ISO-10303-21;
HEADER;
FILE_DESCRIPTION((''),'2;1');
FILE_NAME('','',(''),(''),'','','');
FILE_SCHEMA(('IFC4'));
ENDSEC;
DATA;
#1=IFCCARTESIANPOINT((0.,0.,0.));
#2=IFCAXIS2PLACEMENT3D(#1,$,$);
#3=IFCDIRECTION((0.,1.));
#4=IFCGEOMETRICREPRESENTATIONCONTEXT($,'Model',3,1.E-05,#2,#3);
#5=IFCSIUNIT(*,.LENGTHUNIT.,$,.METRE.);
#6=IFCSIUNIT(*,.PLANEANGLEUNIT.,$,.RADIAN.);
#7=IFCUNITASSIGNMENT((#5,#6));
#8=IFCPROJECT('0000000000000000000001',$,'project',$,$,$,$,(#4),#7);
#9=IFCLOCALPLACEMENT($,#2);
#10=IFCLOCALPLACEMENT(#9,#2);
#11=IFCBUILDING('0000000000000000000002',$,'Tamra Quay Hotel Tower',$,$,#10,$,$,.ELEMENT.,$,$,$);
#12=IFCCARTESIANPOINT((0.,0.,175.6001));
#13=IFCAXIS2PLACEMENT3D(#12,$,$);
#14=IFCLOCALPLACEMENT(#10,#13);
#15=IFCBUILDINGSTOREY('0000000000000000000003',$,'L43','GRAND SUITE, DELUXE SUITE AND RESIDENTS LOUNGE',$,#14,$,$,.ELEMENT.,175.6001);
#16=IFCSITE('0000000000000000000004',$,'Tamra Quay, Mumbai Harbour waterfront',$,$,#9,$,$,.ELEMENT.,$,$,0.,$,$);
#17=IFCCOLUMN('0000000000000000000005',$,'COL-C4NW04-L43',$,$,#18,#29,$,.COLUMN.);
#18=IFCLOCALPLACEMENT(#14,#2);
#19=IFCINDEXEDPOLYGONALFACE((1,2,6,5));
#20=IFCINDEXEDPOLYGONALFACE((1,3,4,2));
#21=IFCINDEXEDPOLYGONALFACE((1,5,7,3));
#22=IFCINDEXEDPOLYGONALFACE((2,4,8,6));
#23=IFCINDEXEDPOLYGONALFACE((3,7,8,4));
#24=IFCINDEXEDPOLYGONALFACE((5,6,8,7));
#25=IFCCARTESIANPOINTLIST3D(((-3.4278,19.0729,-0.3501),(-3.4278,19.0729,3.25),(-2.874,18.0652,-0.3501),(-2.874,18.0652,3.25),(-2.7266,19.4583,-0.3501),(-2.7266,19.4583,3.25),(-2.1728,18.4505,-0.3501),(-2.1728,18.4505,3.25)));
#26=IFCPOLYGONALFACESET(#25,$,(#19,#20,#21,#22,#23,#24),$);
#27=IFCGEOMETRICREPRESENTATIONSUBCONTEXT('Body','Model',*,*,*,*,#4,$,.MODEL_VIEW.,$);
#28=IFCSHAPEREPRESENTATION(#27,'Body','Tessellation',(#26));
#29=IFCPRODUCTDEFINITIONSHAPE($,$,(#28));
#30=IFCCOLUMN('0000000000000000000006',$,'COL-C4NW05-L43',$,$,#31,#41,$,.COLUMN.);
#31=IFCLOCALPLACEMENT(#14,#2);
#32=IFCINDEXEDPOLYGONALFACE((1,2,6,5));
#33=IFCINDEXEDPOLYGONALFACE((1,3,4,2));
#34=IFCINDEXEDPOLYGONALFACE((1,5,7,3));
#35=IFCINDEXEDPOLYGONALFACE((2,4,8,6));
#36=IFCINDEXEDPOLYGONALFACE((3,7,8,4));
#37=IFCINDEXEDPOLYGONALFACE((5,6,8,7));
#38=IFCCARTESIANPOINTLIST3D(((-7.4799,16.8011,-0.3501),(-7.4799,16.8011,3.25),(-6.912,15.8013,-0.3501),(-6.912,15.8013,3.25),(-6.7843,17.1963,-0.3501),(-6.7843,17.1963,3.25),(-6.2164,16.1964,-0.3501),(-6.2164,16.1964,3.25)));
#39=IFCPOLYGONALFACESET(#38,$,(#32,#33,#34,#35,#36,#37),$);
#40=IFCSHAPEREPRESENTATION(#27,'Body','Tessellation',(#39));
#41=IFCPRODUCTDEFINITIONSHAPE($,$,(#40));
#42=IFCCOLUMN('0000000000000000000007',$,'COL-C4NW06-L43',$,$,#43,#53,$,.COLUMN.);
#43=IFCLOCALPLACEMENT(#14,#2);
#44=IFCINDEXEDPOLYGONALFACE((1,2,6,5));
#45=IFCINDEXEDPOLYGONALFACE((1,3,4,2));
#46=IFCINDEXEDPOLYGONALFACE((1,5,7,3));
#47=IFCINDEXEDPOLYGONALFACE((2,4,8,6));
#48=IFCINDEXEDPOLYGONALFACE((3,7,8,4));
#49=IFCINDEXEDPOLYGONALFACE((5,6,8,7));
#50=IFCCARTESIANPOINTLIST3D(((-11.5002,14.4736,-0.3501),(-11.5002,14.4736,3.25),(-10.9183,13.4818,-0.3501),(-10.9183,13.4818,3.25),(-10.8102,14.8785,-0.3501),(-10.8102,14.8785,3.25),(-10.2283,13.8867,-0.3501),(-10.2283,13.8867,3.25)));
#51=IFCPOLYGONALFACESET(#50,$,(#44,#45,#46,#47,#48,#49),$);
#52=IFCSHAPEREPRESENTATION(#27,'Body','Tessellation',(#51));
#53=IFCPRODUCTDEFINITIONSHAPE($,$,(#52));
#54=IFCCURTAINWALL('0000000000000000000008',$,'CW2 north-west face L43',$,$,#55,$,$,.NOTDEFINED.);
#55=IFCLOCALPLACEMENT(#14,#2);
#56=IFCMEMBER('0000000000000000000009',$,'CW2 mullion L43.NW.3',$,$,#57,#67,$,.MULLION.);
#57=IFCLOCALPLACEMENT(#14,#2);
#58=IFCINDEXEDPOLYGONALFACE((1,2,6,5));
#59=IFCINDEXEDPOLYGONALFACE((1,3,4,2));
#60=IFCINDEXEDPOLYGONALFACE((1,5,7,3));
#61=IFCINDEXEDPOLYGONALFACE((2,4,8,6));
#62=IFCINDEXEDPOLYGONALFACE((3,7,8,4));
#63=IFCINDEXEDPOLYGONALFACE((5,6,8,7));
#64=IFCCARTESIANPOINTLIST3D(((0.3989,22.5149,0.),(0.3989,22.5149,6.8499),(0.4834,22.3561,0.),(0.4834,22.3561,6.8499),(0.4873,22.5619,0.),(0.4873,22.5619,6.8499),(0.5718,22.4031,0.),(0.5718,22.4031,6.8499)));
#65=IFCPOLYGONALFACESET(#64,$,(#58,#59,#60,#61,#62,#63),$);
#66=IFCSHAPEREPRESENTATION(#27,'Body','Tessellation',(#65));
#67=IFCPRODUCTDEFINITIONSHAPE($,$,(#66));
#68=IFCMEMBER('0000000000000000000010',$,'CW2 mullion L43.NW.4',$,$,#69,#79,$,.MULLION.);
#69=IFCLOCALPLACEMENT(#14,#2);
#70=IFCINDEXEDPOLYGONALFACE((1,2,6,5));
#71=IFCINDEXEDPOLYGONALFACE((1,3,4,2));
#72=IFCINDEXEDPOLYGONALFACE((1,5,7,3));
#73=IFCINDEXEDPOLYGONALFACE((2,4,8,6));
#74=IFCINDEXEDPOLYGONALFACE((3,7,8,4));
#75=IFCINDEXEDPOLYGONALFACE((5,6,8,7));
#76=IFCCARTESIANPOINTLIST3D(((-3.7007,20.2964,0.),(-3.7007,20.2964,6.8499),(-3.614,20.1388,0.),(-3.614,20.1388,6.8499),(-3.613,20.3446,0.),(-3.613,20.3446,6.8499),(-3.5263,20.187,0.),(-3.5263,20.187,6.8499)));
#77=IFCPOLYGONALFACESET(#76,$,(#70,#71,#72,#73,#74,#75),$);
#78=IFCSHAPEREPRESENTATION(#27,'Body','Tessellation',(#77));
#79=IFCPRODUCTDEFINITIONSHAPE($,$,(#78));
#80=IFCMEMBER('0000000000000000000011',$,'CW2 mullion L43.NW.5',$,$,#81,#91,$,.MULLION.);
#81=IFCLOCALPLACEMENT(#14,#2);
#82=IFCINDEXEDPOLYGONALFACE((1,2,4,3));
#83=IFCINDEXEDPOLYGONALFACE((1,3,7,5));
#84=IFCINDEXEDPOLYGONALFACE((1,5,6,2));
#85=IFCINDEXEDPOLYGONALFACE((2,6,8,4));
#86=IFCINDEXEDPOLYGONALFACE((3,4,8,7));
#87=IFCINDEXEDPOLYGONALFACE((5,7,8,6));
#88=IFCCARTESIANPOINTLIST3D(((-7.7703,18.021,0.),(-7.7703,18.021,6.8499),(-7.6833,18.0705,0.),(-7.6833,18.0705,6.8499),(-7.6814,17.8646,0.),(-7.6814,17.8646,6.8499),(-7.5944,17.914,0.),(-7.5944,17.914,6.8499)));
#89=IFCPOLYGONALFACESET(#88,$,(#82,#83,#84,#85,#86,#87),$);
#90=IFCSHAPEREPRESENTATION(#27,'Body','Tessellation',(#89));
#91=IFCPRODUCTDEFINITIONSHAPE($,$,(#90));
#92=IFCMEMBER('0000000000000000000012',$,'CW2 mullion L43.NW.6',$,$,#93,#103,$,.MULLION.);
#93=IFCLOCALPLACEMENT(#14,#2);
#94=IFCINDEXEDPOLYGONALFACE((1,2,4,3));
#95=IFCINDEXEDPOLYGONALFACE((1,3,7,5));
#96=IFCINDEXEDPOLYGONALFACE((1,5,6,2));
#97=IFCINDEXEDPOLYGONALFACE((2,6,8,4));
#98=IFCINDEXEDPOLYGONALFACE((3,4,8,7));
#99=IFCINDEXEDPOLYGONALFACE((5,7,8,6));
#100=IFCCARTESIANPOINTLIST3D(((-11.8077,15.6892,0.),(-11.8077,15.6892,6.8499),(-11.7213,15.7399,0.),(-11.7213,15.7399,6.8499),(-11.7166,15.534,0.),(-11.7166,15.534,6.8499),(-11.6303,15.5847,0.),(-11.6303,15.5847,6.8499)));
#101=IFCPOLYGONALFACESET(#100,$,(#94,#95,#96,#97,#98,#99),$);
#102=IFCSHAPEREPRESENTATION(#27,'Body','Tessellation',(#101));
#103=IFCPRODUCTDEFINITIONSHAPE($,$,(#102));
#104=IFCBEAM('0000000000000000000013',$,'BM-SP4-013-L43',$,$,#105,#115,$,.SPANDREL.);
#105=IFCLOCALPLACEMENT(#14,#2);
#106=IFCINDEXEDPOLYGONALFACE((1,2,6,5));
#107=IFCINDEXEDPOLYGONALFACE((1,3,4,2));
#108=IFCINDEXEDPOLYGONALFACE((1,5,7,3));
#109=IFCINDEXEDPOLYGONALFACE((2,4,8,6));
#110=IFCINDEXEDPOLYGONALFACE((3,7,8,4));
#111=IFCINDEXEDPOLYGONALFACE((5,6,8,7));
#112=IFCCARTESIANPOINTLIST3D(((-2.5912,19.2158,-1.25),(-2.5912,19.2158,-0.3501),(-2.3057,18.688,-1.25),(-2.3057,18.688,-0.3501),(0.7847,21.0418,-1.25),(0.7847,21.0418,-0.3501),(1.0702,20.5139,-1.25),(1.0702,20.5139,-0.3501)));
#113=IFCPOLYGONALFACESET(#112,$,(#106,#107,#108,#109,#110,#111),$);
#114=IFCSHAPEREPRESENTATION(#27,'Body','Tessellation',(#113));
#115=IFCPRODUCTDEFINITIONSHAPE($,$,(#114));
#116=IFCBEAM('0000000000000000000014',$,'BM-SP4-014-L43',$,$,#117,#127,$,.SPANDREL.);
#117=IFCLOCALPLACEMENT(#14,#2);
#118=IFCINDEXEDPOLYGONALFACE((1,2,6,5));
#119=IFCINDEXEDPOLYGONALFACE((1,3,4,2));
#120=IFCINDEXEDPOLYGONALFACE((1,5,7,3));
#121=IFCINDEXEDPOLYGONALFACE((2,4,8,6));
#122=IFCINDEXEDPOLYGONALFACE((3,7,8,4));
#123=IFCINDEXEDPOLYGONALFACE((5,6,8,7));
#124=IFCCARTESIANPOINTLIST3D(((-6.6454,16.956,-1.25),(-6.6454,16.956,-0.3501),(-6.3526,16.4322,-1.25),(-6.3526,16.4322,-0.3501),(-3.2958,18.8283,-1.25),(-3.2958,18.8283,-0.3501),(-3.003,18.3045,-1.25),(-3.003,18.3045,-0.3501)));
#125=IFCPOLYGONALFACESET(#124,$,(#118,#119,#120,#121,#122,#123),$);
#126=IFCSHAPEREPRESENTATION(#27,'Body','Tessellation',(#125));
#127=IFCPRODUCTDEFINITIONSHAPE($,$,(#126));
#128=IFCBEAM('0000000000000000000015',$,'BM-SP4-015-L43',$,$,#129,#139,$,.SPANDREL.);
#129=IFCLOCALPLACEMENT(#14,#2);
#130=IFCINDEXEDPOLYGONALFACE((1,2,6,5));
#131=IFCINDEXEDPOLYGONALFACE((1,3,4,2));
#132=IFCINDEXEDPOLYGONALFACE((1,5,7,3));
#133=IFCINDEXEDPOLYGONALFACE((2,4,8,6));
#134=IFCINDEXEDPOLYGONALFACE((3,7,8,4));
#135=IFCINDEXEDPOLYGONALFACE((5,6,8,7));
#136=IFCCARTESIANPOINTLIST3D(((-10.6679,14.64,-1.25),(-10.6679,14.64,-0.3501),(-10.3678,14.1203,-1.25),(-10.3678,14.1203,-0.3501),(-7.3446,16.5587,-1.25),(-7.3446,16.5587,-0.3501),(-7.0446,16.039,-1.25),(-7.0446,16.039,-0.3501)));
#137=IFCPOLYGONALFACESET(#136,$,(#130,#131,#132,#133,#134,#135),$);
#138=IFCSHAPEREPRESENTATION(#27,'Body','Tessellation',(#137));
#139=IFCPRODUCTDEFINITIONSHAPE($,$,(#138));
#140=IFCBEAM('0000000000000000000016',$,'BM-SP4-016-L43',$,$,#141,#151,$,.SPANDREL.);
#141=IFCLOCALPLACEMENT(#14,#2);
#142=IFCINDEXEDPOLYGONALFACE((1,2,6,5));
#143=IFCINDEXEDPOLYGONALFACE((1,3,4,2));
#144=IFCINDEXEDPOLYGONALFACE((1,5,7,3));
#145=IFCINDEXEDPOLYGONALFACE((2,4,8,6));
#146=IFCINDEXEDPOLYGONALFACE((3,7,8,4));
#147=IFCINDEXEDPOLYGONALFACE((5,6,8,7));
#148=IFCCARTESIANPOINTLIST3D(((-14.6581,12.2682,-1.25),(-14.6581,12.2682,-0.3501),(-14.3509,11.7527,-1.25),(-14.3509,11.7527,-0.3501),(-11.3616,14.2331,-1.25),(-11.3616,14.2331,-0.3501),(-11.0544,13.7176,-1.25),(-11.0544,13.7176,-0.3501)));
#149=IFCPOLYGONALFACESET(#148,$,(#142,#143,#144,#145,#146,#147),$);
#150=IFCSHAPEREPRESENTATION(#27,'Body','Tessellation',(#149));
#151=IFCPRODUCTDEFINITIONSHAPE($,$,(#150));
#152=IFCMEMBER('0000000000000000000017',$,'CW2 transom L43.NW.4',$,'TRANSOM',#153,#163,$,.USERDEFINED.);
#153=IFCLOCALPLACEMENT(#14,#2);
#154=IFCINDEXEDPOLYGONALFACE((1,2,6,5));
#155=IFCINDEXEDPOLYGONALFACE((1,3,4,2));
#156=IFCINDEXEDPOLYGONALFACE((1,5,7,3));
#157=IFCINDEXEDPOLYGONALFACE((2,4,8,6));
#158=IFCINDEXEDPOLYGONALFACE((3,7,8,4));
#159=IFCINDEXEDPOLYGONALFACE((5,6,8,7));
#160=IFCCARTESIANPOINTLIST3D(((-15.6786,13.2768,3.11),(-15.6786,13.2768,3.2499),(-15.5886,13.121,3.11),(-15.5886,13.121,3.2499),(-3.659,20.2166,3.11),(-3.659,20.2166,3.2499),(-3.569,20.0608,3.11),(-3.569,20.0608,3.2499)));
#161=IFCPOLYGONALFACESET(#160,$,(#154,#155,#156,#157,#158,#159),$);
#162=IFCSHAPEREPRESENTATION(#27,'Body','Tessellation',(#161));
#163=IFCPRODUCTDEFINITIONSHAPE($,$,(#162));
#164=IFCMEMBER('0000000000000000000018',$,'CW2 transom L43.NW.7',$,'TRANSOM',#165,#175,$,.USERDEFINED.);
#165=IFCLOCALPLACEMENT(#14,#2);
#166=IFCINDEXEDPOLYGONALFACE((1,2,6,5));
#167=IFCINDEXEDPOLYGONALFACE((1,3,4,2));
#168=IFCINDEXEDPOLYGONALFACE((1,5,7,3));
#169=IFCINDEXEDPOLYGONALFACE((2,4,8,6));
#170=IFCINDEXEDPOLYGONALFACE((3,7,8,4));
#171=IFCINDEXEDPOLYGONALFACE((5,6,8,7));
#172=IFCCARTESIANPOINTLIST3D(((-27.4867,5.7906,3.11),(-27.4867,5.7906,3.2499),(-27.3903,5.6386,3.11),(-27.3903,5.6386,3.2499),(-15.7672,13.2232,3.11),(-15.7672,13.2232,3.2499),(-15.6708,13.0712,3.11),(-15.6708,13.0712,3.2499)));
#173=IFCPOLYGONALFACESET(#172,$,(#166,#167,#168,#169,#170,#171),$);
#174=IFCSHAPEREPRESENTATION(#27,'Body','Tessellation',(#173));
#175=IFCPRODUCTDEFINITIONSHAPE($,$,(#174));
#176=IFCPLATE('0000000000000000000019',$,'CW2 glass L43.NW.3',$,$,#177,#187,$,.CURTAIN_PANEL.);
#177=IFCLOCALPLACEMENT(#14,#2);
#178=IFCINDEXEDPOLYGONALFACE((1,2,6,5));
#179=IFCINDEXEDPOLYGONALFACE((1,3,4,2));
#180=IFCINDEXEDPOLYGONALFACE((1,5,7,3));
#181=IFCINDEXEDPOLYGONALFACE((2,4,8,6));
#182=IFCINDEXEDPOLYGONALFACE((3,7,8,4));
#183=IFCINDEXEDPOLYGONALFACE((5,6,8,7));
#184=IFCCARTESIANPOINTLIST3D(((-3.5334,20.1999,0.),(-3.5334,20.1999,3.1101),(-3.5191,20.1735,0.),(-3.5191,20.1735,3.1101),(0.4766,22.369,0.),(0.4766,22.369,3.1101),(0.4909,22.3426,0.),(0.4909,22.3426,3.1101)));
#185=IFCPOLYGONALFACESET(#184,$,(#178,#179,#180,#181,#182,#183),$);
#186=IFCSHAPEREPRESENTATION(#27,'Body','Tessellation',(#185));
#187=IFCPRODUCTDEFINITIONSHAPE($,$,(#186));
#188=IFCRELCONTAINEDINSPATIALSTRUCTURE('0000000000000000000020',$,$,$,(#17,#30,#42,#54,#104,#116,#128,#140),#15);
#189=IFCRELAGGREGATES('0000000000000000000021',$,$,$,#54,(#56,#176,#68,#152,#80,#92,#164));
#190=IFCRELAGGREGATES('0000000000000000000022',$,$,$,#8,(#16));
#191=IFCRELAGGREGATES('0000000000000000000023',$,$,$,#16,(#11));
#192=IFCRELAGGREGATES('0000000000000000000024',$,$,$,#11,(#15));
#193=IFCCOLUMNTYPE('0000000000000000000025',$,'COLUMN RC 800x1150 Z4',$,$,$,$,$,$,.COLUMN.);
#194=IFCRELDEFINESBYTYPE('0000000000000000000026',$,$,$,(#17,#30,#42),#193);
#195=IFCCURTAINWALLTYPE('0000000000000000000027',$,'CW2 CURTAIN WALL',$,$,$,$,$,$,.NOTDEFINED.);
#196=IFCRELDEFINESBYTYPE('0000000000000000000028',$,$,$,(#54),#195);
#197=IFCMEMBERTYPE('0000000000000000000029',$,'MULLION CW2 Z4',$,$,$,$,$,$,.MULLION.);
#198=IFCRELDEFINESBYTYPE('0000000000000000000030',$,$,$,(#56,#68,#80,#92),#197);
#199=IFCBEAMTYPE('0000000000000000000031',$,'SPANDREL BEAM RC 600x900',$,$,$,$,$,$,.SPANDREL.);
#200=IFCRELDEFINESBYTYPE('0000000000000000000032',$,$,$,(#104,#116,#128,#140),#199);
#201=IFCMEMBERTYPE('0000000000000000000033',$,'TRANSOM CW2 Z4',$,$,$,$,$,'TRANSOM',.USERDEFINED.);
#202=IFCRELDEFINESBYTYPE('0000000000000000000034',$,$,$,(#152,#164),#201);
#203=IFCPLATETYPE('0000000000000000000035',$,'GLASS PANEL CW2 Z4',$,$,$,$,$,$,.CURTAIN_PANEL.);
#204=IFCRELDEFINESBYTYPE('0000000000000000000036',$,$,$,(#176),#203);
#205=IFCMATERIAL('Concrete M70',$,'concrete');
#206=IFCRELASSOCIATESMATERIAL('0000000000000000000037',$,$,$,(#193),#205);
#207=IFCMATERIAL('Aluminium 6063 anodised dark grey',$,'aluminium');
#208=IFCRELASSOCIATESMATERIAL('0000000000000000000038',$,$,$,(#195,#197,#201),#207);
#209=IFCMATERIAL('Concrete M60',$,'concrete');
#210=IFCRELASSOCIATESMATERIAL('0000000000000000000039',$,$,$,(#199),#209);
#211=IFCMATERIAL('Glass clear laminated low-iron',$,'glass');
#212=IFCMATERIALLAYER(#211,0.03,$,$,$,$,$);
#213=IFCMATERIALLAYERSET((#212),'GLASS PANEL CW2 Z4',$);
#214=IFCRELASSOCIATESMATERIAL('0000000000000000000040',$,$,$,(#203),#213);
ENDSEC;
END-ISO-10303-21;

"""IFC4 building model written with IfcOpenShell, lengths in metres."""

from ifc_helpers import new_model, si_unit, direction, frame, origin, origin_2d, place, context, subcontext, project, spatial, rectangle, extrude, material, layer, layer_set, material_profile, profile_set, type_object, element, aggregate, save


model = new_model("IFC4")

# Units and contexts
model_context = context("Model", 3, precision=1e-05, world=origin(), true_north=direction((0.0, 1.0)))
body_context = subcontext(model_context, "Body", "Model", "MODEL_VIEW")
ifc_project = project(units=[si_unit("LENGTHUNIT", "METRE"), si_unit("PLANEANGLEUNIT", "RADIAN")], contexts=[model_context])

# Site, building, storey
site_placement = place(None, origin())
site = spatial("IfcSite", under=ifc_project, at=site_placement, Name="Tamra Quay, Mumbai Harbour waterfront", CompositionType="ELEMENT", RefElevation=0.0)
building_placement = place(site_placement, origin())
building = spatial("IfcBuilding", under=site, at=building_placement, Name="Tamra Quay Hotel Tower", CompositionType="ELEMENT")
storey_placement = place(building_placement, frame((0.0, 0.0, 175.6001)))
storey = spatial("IfcBuildingStorey", under=building, at=storey_placement, Name="L43", Description="GRAND SUITE, DELUXE SUITE AND RESIDENTS LOUNGE", CompositionType="ELEMENT", Elevation=175.6001)

# Columns
ifc_material_1 = material(Name="Concrete M70", Category="concrete")
ifc_material_profile_1 = material_profile(ifc_material_1, rectangle(XDim=1.1499, YDim=0.8, at=origin_2d()), Name="COLUMN RC 800x1150 Z4")
ifc_profile_set_1 = profile_set([ifc_material_profile_1], Name="Concrete M70")
column_type = type_object("IfcColumnType", Name="COLUMN RC 800x1150 Z4", PredefinedType="COLUMN", material=ifc_profile_set_1)
for number, where, z_axis, x_axis, name in (
    (1, (-2.8003, 18.7617, -0.3501), (0.0, 0.0, 1.0), (-0.481602, 0.87639, 0.0), "COL-C4NW04-L43"),
    (2, (-6.8481, 16.4988, -0.3501), (0.0, 0.0, 1.0), (-0.49389, 0.869524, 0.0), "COL-C4NW05-L43"),
    (3, (-10.8643, 14.1802, -0.3501), (0.0, 0.0, 1.0), (-0.506085, 0.862484, 0.0), "COL-C4NW06-L43"),
):
    element("IfcColumn", number, at=place(storey_placement, frame(where, z_axis=z_axis, x_axis=x_axis)), inside=storey, type_object=column_type, Name=name, PredefinedType="COLUMN", context=body_context, shape_type="SweptSolid", body=[
        extrude(rectangle(XDim=1.1499, YDim=0.8, at=origin_2d()), origin(), (0.0, 0.0, 1.0), 3.6001),
    ])

# Curtain wall, members
ifc_material_2 = material(Name="Aluminium 6063 anodised dark grey", Category="aluminium")
curtain_wall_type = type_object("IfcCurtainWallType", Name="CW2 CURTAIN WALL", PredefinedType="NOTDEFINED", material=ifc_material_2)
curtain_wall_placement = place(storey_placement, origin())
curtain_wall = element("IfcCurtainWall", 4, at=curtain_wall_placement, inside=storey, type_object=curtain_wall_type, Name="CW2 north-west face L43", PredefinedType="NOTDEFINED")
ifc_material_profile_2 = material_profile(ifc_material_2, rectangle(XDim=0.1799, YDim=0.1001, at=origin_2d()), Name="MULLION 100X180")
ifc_profile_set_2 = profile_set([ifc_material_profile_2], Name="Aluminium 6063 anodised dark grey")
member_type_1 = type_object("IfcMemberType", Name="MULLION CW2 Z4", PredefinedType="MULLION", material=ifc_profile_set_2)
member_1_placement = place(storey_placement, frame((0.4854, 22.459, 0.0), z_axis=(0.0, 0.0, 1.0), x_axis=(-0.469668, 0.882843, 0.0)))
member_1 = element("IfcMember", 5, at=member_1_placement, type_object=member_type_1, Name="CW2 mullion L43.NW.3", PredefinedType="MULLION", context=body_context, shape_type="SweptSolid", body=[
    extrude(rectangle(XDim=0.1799, YDim=0.1001, at=origin_2d()), origin(), (0.0, 0.0, 1.0), 6.8499),
])
member_2_placement = place(storey_placement, frame((-3.6135, 20.2417, 0.0), z_axis=(0.0, 0.0, 1.0), x_axis=(-0.481861, 0.876248, 0.0)))
member_2 = element("IfcMember", 6, at=member_2_placement, type_object=member_type_1, Name="CW2 mullion L43.NW.4", PredefinedType="MULLION", context=body_context, shape_type="SweptSolid", body=[
    extrude(rectangle(XDim=0.1799, YDim=0.1001, at=origin_2d()), origin(), (0.0, 0.0, 1.0), 6.8499),
])
member_3_placement = place(storey_placement, frame((-7.6824, 17.9675, 0.0), z_axis=(0.0, 0.0, 1.0), x_axis=(-0.493975, 0.869476, 0.0)))
member_3 = element("IfcMember", 7, at=member_3_placement, type_object=member_type_1, Name="CW2 mullion L43.NW.5", PredefinedType="MULLION", context=body_context, shape_type="SweptSolid", body=[
    extrude(rectangle(XDim=0.1799, YDim=0.1001, at=origin_2d()), origin(), (0.0, 0.0, 1.0), 6.8499),
])
member_4_placement = place(storey_placement, frame((-11.719, 15.637, 0.0), z_axis=(0.0, 0.0, 1.0), x_axis=(-0.506001, 0.862533, 0.0)))
member_4 = element("IfcMember", 8, at=member_4_placement, type_object=member_type_1, Name="CW2 mullion L43.NW.6", PredefinedType="MULLION", context=body_context, shape_type="SweptSolid", body=[
    extrude(rectangle(XDim=0.1799, YDim=0.1001, at=origin_2d()), origin(), (0.0, 0.0, 1.0), 6.8499),
])

# Beams
ifc_material_3 = material(Name="Concrete M60", Category="concrete")
ifc_material_profile_3 = material_profile(ifc_material_3, rectangle(XDim=0.6001, YDim=0.8999, at=origin_2d()), Name="SPANDREL BEAM RC 600x900")
ifc_profile_set_3 = profile_set([ifc_material_profile_3], Name="Concrete M60")
beam_type = type_object("IfcBeamType", Name="SPANDREL BEAM RC 600x900", PredefinedType="SPANDREL", material=ifc_profile_set_3)
beam_1_placement = place(storey_placement, frame((0.9275, 20.7778, -0.8), z_axis=(-0.879589, -0.475734, 0.0), x_axis=(0.475734, -0.879589, 0.0)))
element("IfcBeam", 9, at=beam_1_placement, inside=storey, type_object=beam_type, Name="BM-SP4-013-L43", PredefinedType="SPANDREL", context=body_context, shape_type="SweptSolid", body=[
    extrude(rectangle(XDim=0.6001, YDim=0.8999, at=origin_2d()), origin(), (0.0, 0.0, 1.0), 3.8381),
])
for number, where, z_axis, x_axis, name in (
    (10, (-3.1494, 18.5664, -0.8), (-0.872891, -0.487915, 0.0), (0.487915, -0.872891, 0.0), "BM-SP4-014-L43"),
    (11, (-7.1946, 16.2988, -0.8), (-0.866022, -0.500005, 0.0), (0.500005, -0.866022, 0.0), "BM-SP4-015-L43"),
):
    element("IfcBeam", number, at=place(storey_placement, frame(where, z_axis=z_axis, x_axis=x_axis)), inside=storey, type_object=beam_type, Name=name, PredefinedType="SPANDREL", context=body_context, shape_type="SweptSolid", body=[
        extrude(rectangle(XDim=0.6001, YDim=0.8999, at=origin_2d()), origin(), (0.0, 0.0, 1.0), 3.8374),
    ])
beam_2_placement = place(storey_placement, frame((-11.208, 13.9753, -0.8), z_axis=(-0.858982, -0.512005, 0.0), x_axis=(0.512005, -0.858982, 0.0)))
element("IfcBeam", 12, at=beam_2_placement, inside=storey, type_object=beam_type, Name="BM-SP4-016-L43", PredefinedType="SPANDREL", context=body_context, shape_type="SweptSolid", body=[
    extrude(rectangle(XDim=0.6001, YDim=0.8999, at=origin_2d()), origin(), (0.0, 0.0, 1.0), 3.8376),
])

# Members
ifc_material_profile_4 = material_profile(ifc_material_2, rectangle(XDim=0.1799, YDim=0.1399, at=origin_2d()), Name="TRANSOM 180X140")
ifc_profile_set_4 = profile_set([ifc_material_profile_4], Name="Aluminium 6063 anodised dark grey")
member_type_2 = type_object("IfcMemberType", Name="TRANSOM CW2 Z4", ElementType="TRANSOM", PredefinedType="USERDEFINED", material=ifc_profile_set_4)
member_5_placement = place(storey_placement, frame((-3.614, 20.1387, 3.1799), z_axis=(-0.866019, -0.500012, 0.0), x_axis=(0.500012, -0.866019, 0.0)))
member_5 = element("IfcMember", 13, at=member_5_placement, type_object=member_type_2, Name="CW2 transom L43.NW.4", ObjectType="TRANSOM", PredefinedType="USERDEFINED", context=body_context, shape_type="SweptSolid", body=[
    extrude(rectangle(XDim=0.1799, YDim=0.1399, at=origin_2d()), origin(), (0.0, 0.0, 1.0), 13.8792),
])
member_6_placement = place(storey_placement, frame((-15.719, 13.1472, 3.1799), z_axis=(-0.844484, -0.535581, 0.0), x_axis=(0.535581, -0.844484, 0.0)))
member_6 = element("IfcMember", 14, at=member_6_placement, type_object=member_type_2, Name="CW2 transom L43.NW.7", ObjectType="TRANSOM", PredefinedType="USERDEFINED", context=body_context, shape_type="SweptSolid", body=[
    extrude(rectangle(XDim=0.1799, YDim=0.1399, at=origin_2d()), origin(), (0.0, 0.0, 1.0), 13.8777),
])

# Plate
ifc_material_4 = material(Name="Glass clear laminated low-iron", Category="glass")
ifc_layer_1 = layer(ifc_material_4, 0.03)
ifc_layer_set_1 = layer_set([ifc_layer_1], Name="GLASS PANEL CW2 Z4")
plate_type = type_object("IfcPlateType", Name="GLASS PANEL CW2 Z4", PredefinedType="CURTAIN_PANEL", material=ifc_layer_set_1)
plate_1_placement = place(storey_placement, frame((-1.5212, 21.2712, 0.0), z_axis=(0.0, 0.0, 1.0), x_axis=(-0.879569, -0.475772, 0.0)))
plate_1 = element("IfcPlate", 15, at=plate_1_placement, type_object=plate_type, Name="CW2 glass L43.NW.3", PredefinedType="CURTAIN_PANEL", context=body_context, shape_type="SweptSolid", body=[
    extrude(rectangle(XDim=4.5591, YDim=0.03, at=origin_2d()), origin(), (0.0, 0.0, 1.0), 3.1101),
])
aggregate(curtain_wall, [member_1, plate_1, member_2, member_5, member_3, member_4, member_6])

save(model, "model.ifc")
